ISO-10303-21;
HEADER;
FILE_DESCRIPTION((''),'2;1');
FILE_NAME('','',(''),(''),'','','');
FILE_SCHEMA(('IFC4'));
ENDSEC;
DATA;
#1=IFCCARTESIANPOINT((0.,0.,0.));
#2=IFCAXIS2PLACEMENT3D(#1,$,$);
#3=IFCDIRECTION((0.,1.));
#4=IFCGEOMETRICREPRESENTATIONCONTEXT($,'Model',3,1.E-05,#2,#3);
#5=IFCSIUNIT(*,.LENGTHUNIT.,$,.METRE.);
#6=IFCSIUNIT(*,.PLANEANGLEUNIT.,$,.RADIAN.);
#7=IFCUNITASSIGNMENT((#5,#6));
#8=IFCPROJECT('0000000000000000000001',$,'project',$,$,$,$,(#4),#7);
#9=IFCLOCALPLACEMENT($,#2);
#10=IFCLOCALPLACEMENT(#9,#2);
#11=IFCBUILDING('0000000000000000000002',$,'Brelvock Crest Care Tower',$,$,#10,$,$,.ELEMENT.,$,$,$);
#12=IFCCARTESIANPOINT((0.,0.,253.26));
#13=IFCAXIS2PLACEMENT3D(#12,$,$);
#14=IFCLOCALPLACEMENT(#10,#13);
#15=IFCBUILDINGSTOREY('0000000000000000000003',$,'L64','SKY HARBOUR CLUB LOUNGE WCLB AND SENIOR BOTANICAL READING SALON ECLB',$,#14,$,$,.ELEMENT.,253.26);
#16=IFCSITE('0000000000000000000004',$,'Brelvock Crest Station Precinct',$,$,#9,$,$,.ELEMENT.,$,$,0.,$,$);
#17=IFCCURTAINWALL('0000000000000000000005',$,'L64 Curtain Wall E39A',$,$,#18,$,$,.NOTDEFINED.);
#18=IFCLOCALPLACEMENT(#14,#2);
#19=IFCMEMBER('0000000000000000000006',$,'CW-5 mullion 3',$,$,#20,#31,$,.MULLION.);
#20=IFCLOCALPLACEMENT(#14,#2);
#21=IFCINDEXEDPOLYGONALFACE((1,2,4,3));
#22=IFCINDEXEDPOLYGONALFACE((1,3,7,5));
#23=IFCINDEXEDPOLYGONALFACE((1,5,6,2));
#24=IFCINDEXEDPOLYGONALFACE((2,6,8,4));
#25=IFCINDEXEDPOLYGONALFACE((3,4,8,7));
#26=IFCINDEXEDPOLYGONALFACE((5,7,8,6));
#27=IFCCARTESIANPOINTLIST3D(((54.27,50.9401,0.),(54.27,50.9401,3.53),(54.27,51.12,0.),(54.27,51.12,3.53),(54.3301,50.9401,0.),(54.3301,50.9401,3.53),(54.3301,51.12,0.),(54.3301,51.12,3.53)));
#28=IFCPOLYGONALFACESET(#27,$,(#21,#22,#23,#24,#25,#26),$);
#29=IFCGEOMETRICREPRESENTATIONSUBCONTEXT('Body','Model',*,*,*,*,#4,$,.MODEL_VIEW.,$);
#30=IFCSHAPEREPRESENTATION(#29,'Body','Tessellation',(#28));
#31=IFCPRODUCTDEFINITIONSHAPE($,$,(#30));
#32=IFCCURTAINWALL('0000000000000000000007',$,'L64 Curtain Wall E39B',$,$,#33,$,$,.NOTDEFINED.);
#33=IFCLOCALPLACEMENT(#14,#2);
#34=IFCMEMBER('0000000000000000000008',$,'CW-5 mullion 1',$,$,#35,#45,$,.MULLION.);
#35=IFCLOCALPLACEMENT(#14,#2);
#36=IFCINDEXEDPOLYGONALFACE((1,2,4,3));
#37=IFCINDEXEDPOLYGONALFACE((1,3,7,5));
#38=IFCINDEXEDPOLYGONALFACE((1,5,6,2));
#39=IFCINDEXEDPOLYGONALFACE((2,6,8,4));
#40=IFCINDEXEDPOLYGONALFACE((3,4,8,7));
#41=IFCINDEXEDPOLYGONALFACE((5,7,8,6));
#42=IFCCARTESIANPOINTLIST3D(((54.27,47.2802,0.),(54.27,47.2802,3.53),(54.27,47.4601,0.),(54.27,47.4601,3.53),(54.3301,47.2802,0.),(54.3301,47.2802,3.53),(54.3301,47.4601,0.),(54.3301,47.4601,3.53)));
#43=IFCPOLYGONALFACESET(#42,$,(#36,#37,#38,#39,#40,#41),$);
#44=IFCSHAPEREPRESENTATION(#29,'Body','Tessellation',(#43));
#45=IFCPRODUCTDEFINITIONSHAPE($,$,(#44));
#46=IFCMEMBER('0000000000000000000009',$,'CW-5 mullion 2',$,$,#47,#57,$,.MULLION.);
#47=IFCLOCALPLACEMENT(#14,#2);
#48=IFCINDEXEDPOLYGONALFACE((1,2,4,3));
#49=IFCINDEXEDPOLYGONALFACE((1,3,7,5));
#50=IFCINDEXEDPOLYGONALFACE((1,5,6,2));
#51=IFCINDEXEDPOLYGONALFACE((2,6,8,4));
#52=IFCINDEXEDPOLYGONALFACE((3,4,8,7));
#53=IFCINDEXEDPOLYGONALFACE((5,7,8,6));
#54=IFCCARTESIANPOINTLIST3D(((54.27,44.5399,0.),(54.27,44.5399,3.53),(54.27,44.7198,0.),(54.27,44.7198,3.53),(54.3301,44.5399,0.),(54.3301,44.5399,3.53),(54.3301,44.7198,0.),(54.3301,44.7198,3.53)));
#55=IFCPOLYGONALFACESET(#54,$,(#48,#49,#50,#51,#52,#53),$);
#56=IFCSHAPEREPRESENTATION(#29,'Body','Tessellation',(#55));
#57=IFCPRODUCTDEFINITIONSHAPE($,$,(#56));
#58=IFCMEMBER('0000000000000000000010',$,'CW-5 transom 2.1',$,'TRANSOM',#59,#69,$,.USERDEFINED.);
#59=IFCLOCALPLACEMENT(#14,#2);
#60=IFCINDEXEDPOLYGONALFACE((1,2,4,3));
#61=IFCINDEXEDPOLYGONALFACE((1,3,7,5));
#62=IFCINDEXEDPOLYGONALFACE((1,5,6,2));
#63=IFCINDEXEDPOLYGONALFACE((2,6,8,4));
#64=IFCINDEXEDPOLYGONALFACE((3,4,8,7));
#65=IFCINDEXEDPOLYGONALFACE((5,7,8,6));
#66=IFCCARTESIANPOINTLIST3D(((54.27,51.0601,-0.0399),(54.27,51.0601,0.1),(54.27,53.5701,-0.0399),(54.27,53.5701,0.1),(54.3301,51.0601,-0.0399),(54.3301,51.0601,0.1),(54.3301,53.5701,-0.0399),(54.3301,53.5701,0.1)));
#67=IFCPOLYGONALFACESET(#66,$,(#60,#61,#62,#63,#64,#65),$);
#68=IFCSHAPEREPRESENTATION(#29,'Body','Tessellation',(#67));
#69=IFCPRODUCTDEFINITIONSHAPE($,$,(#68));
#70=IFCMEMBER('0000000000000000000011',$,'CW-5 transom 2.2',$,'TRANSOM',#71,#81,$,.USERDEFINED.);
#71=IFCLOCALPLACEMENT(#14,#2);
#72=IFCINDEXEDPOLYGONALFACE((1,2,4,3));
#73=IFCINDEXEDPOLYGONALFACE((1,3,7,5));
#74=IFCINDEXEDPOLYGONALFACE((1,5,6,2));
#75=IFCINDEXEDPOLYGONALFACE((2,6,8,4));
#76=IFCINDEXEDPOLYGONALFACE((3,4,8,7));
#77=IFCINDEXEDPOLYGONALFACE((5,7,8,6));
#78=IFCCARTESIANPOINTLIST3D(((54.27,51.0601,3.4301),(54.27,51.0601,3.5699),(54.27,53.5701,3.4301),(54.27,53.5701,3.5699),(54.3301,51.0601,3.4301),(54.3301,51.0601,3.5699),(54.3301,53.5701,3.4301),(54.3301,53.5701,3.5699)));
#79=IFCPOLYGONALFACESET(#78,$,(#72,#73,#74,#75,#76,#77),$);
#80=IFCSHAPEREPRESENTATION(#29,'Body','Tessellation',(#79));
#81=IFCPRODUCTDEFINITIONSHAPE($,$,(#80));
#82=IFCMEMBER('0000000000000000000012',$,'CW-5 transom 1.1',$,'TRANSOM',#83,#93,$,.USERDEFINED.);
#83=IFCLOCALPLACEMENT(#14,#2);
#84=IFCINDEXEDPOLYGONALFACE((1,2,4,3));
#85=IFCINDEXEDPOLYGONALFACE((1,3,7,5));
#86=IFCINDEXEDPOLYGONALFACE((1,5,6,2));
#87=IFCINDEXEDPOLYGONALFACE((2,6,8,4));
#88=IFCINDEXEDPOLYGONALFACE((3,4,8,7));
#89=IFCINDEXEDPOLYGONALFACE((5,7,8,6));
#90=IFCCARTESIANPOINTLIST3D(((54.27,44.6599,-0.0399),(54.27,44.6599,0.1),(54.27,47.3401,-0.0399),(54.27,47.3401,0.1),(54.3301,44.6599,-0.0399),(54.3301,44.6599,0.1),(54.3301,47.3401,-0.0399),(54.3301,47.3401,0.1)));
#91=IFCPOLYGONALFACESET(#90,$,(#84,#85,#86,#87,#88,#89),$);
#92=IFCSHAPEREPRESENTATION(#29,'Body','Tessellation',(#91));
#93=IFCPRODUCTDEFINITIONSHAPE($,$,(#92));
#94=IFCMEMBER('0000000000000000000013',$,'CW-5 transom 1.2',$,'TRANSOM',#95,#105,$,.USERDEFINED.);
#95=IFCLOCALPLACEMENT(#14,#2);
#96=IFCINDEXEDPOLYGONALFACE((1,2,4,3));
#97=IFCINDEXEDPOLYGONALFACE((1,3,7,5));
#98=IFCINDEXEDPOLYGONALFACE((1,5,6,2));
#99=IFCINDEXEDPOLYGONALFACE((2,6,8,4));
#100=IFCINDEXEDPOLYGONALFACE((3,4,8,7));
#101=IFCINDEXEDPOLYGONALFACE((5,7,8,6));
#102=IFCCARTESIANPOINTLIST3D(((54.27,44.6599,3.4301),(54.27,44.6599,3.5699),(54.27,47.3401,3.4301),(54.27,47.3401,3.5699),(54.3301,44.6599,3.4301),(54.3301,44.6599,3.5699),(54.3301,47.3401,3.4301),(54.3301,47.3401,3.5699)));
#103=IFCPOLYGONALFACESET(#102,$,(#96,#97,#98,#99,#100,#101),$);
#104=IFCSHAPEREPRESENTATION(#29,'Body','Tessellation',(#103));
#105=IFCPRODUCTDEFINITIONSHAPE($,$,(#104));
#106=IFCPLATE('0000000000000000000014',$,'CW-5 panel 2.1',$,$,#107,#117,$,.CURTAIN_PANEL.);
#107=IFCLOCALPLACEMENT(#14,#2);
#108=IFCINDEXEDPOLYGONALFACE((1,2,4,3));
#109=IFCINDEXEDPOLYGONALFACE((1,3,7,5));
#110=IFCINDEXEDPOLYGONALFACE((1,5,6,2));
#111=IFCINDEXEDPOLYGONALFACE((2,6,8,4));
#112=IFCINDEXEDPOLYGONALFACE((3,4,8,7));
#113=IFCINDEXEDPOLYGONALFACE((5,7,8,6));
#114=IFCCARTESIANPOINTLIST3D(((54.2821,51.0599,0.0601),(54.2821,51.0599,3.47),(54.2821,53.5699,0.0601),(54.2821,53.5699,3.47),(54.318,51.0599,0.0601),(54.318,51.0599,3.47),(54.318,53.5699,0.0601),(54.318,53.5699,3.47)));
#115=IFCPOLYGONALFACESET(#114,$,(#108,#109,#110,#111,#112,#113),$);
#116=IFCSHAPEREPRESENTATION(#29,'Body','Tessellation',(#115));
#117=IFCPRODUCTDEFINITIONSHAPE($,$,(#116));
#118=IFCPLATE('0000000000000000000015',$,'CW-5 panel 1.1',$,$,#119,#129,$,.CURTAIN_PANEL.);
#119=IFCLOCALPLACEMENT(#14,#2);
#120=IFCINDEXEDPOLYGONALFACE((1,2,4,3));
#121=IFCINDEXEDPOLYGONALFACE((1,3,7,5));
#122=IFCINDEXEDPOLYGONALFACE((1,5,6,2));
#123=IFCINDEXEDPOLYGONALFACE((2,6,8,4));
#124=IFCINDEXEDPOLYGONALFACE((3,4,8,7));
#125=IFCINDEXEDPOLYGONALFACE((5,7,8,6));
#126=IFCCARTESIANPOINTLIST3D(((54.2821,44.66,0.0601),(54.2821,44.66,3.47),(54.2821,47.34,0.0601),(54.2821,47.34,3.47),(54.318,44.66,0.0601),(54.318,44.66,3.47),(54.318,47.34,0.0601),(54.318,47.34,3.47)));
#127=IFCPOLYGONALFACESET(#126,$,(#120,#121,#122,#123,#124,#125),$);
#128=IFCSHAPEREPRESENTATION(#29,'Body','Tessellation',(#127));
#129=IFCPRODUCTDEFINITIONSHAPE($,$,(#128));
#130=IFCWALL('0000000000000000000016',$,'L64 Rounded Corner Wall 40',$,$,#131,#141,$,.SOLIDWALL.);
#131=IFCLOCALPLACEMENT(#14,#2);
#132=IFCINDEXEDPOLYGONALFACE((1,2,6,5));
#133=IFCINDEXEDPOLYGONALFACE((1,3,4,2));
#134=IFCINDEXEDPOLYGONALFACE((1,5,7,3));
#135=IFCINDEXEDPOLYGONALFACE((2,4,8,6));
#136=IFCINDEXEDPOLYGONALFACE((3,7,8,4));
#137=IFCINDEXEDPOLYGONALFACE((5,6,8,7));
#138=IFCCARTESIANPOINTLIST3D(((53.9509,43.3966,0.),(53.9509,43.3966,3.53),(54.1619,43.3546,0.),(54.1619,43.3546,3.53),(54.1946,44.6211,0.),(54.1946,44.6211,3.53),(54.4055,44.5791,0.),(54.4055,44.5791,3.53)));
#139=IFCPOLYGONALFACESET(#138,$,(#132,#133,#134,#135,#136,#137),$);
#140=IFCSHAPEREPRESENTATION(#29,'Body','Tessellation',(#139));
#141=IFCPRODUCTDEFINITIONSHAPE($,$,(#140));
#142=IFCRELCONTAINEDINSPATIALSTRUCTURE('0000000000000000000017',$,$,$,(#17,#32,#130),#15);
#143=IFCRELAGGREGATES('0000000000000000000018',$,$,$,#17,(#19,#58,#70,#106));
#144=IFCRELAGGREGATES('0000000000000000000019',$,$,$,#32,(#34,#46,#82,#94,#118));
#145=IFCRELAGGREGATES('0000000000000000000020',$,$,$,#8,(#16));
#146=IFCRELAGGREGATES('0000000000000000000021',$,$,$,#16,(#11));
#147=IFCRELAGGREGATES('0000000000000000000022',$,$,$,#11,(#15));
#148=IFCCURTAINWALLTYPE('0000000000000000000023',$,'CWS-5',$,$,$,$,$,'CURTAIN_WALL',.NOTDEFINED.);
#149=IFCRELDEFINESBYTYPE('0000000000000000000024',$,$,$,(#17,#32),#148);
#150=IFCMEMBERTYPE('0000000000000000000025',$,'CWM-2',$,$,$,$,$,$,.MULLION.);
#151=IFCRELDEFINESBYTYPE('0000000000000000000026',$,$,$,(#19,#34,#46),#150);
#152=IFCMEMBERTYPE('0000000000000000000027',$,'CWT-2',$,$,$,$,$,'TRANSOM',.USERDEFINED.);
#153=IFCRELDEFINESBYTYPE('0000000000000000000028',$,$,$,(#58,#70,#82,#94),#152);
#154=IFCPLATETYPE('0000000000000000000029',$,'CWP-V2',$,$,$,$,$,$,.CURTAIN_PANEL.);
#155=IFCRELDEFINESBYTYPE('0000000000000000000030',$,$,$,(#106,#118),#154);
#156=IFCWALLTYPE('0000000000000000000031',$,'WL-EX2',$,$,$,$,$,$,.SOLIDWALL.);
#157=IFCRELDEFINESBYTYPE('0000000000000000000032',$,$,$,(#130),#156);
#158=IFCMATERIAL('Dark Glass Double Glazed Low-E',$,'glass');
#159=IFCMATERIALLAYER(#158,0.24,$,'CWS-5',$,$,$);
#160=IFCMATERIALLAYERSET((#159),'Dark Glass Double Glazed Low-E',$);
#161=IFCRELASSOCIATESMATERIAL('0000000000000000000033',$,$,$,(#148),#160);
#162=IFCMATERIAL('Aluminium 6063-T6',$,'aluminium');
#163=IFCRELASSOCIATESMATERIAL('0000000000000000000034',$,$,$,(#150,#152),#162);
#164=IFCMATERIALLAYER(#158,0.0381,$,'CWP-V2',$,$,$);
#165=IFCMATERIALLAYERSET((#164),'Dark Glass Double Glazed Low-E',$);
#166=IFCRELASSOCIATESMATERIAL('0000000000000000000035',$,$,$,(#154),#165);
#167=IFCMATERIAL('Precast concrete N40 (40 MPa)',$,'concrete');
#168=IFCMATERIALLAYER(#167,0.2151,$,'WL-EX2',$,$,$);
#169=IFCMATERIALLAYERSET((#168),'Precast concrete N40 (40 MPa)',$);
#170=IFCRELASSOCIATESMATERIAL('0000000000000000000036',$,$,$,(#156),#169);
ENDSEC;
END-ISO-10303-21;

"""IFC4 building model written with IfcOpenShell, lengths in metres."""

from ifc_helpers import new_model, si_unit, direction, frame, frame_2d, origin, origin_2d, place, context, subcontext, project, spatial, rectangle, extrude, source, transform, mapped, material, layer, layer_set, material_profile, profile_set, type_object, element, aggregate, save


model = new_model("IFC4")

# Units and contexts
model_context = context("Model", 3, precision=1e-05, world=origin(), true_north=direction((0.0, 1.0)))
body_context = subcontext(model_context, "Body", "Model", "MODEL_VIEW")
ifc_project = project(units=[si_unit("LENGTHUNIT", "METRE"), si_unit("PLANEANGLEUNIT", "RADIAN")], contexts=[model_context])

# Site, building, storey
site_placement = place(None, origin())
site = spatial("IfcSite", under=ifc_project, at=site_placement, Name="Brelvock Crest Station Precinct", CompositionType="ELEMENT", RefElevation=0.0)
building_placement = place(site_placement, origin())
building = spatial("IfcBuilding", under=site, at=building_placement, Name="Brelvock Crest Care Tower", CompositionType="ELEMENT")
storey_placement = place(building_placement, frame((0.0, 0.0, 253.26)))
storey = spatial("IfcBuildingStorey", under=building, at=storey_placement, Name="L64", Description="SKY HARBOUR CLUB LOUNGE WCLB AND SENIOR BOTANICAL READING SALON ECLB", CompositionType="ELEMENT", Elevation=253.26)

# Curtain walls, members
ifc_material_1 = material(Name="Dark Glass Double Glazed Low-E", Category="glass")
ifc_layer_1 = layer(ifc_material_1, 0.24, Name="CWS-5")
ifc_layer_set_1 = layer_set([ifc_layer_1], Name="Dark Glass Double Glazed Low-E")
curtain_wall_type = type_object("IfcCurtainWallType", Name="CWS-5", ElementType="CURTAIN_WALL", PredefinedType="NOTDEFINED", material=ifc_layer_set_1)
curtain_wall_1_placement = place(storey_placement, origin())
curtain_wall_1 = element("IfcCurtainWall", 1, at=curtain_wall_1_placement, inside=storey, type_object=curtain_wall_type, Name="L64 Curtain Wall E39A", PredefinedType="NOTDEFINED")
ifc_material_2 = material(Name="Aluminium 6063-T6", Category="aluminium")
ifc_material_profile_1 = material_profile(ifc_material_2, rectangle(XDim=0.0601, YDim=0.1799, at=origin_2d()), Name="ALU60x180")
ifc_profile_set_1 = profile_set([ifc_material_profile_1], Name="Aluminium 6063-T6")
member_type_1 = type_object("IfcMemberType", Name="CWM-2", PredefinedType="MULLION", material=ifc_profile_set_1)
shared_shape_1 = source(origin(), body_context, "Body", "SweptSolid", [
    extrude(rectangle(XDim=0.0601, YDim=0.1799, at=origin_2d()), origin(), (0.0, 0.0, 1.0), 3.53),
])
member_1_placement = place(storey_placement, frame((54.3, 51.03, 0.0), z_axis=(0.0, 0.0, 1.0), x_axis=(1.0, 0.0, 0.0)))
member_1 = element("IfcMember", 2, at=member_1_placement, type_object=member_type_1, Name="CW-5 mullion 3", PredefinedType="MULLION", context=body_context, shape_type="MappedRepresentation", body=[
    mapped(shared_shape_1, transform((0.0, 0.0, 0.0), x_axis=(1.0, 0.0, 0.0), y_axis=(0.0, 1.0, 0.0), z_axis=(0.0, 0.0, 1.0), scale=1.0)),
])
curtain_wall_2_placement = place(storey_placement, origin())
curtain_wall_2 = element("IfcCurtainWall", 3, at=curtain_wall_2_placement, inside=storey, type_object=curtain_wall_type, Name="L64 Curtain Wall E39B", PredefinedType="NOTDEFINED")
member_2_placement = place(storey_placement, frame((54.3, 47.3701, 0.0), z_axis=(0.0, 0.0, 1.0), x_axis=(1.0, 0.0, 0.0)))
member_2 = element("IfcMember", 4, at=member_2_placement, type_object=member_type_1, Name="CW-5 mullion 1", PredefinedType="MULLION", context=body_context, shape_type="MappedRepresentation", body=[
    mapped(shared_shape_1, transform((0.0, 0.0, 0.0), x_axis=(1.0, 0.0, 0.0), y_axis=(0.0, 1.0, 0.0), z_axis=(0.0, 0.0, 1.0), scale=1.0)),
])
member_3_placement = place(storey_placement, frame((54.3, 44.6299, 0.0), z_axis=(0.0, 0.0, 1.0), x_axis=(1.0, 0.0, 0.0)))
member_3 = element("IfcMember", 5, at=member_3_placement, type_object=member_type_1, Name="CW-5 mullion 2", PredefinedType="MULLION", context=body_context, shape_type="MappedRepresentation", body=[
    mapped(shared_shape_1, transform((0.0, 0.0, 0.0), x_axis=(1.0, 0.0, 0.0), y_axis=(0.0, 1.0, 0.0), z_axis=(0.0, 0.0, 1.0), scale=1.0)),
])

# Members
ifc_material_profile_2 = material_profile(ifc_material_2, rectangle(XDim=0.0601, YDim=0.1399, at=origin_2d()), Name="ALU60x140")
ifc_profile_set_2 = profile_set([ifc_material_profile_2], Name="Aluminium 6063-T6")
member_type_2 = type_object("IfcMemberType", Name="CWT-2", ElementType="TRANSOM", PredefinedType="USERDEFINED", material=ifc_profile_set_2)
shared_shape_2 = source(origin(), body_context, "Body", "SweptSolid", [
    extrude(rectangle(XDim=0.0601, YDim=0.1399, at=origin_2d()), origin(), (0.0, 0.0, 1.0), 2.51),
])
member_4_placement = place(storey_placement, frame((54.3, 53.5701, 0.03), z_axis=(0.0, -1.0, 0.0), x_axis=(1.0, 0.0, 0.0)))
member_4 = element("IfcMember", 6, at=member_4_placement, type_object=member_type_2, Name="CW-5 transom 2.1", ObjectType="TRANSOM", PredefinedType="USERDEFINED", context=body_context, shape_type="MappedRepresentation", body=[
    mapped(shared_shape_2, transform((0.0, 0.0, 0.0), x_axis=(1.0, 0.0, 0.0), y_axis=(0.0, 1.0, 0.0), z_axis=(0.0, 0.0, 1.0), scale=1.0)),
])
member_5_placement = place(storey_placement, frame((54.3, 53.5701, 3.5), z_axis=(0.0, -1.0, 0.0), x_axis=(1.0, 0.0, 0.0)))
member_5 = element("IfcMember", 7, at=member_5_placement, type_object=member_type_2, Name="CW-5 transom 2.2", ObjectType="TRANSOM", PredefinedType="USERDEFINED", context=body_context, shape_type="MappedRepresentation", body=[
    mapped(shared_shape_2, transform((0.0, 0.0, 0.0), x_axis=(1.0, 0.0, 0.0), y_axis=(0.0, 1.0, 0.0), z_axis=(0.0, 0.0, 1.0), scale=1.0)),
])
shared_shape_3 = source(origin(), body_context, "Body", "SweptSolid", [
    extrude(rectangle(XDim=0.0601, YDim=0.1399, at=origin_2d()), origin(), (0.0, 0.0, 1.0), 2.6802),
])
member_6_placement = place(storey_placement, frame((54.3, 47.3401, 0.03), z_axis=(0.0, -1.0, 0.0), x_axis=(1.0, 0.0, 0.0)))
member_6 = element("IfcMember", 8, at=member_6_placement, type_object=member_type_2, Name="CW-5 transom 1.1", ObjectType="TRANSOM", PredefinedType="USERDEFINED", context=body_context, shape_type="MappedRepresentation", body=[
    mapped(shared_shape_3, transform((0.0, 0.0, 0.0), x_axis=(1.0, 0.0, 0.0), y_axis=(0.0, 1.0, 0.0), z_axis=(0.0, 0.0, 1.0), scale=1.0)),
])
member_7_placement = place(storey_placement, frame((54.3, 47.3401, 3.5), z_axis=(0.0, -1.0, 0.0), x_axis=(1.0, 0.0, 0.0)))
member_7 = element("IfcMember", 9, at=member_7_placement, type_object=member_type_2, Name="CW-5 transom 1.2", ObjectType="TRANSOM", PredefinedType="USERDEFINED", context=body_context, shape_type="MappedRepresentation", body=[
    mapped(shared_shape_3, transform((0.0, 0.0, 0.0), x_axis=(1.0, 0.0, 0.0), y_axis=(0.0, 1.0, 0.0), z_axis=(0.0, 0.0, 1.0), scale=1.0)),
])

# Plates
ifc_layer_2 = layer(ifc_material_1, 0.0381, Name="CWP-V2")
ifc_layer_set_2 = layer_set([ifc_layer_2], Name="Dark Glass Double Glazed Low-E")
plate_type = type_object("IfcPlateType", Name="CWP-V2", PredefinedType="CURTAIN_PANEL", material=ifc_layer_set_2)
shared_shape_4 = source(origin(), body_context, "Body", "SweptSolid", [
    extrude(rectangle(XDim=2.51, YDim=0.0359, at=origin_2d()), origin(), (0.0, 0.0, 1.0), 3.4099),
])
plate_1_placement = place(storey_placement, frame((54.3, 52.3149, 0.0601), z_axis=(0.0, 0.0, 1.0), x_axis=(0.0, -1.0, 0.0)))
plate_1 = element("IfcPlate", 10, at=plate_1_placement, type_object=plate_type, Name="CW-5 panel 2.1", PredefinedType="CURTAIN_PANEL", context=body_context, shape_type="MappedRepresentation", body=[
    mapped(shared_shape_4, transform((0.0, 0.0, 0.0), x_axis=(1.0, 0.0, 0.0), y_axis=(0.0, 1.0, 0.0), z_axis=(0.0, 0.0, 1.0), scale=1.0)),
])
aggregate(curtain_wall_1, [member_1, member_4, member_5, plate_1])
shared_shape_5 = source(origin(), body_context, "Body", "SweptSolid", [
    extrude(rectangle(XDim=2.6799, YDim=0.0359, at=origin_2d()), origin(), (0.0, 0.0, 1.0), 3.4099),
])
plate_2_placement = place(storey_placement, frame((54.3, 46.0, 0.0601), z_axis=(0.0, 0.0, 1.0), x_axis=(0.0, -1.0, 0.0)))
plate_2 = element("IfcPlate", 11, at=plate_2_placement, type_object=plate_type, Name="CW-5 panel 1.1", PredefinedType="CURTAIN_PANEL", context=body_context, shape_type="MappedRepresentation", body=[
    mapped(shared_shape_5, transform((0.0, 0.0, 0.0), x_axis=(1.0, 0.0, 0.0), y_axis=(0.0, 1.0, 0.0), z_axis=(0.0, 0.0, 1.0), scale=1.0)),
])
aggregate(curtain_wall_2, [member_2, member_3, member_6, member_7, plate_2])

# Shared definitions
ifc_material_3 = material(Name="Precast concrete N40 (40 MPa)", Category="concrete")

# Wall
ifc_layer_3 = layer(ifc_material_3, 0.2151, Name="WL-EX2")
ifc_layer_set_3 = layer_set([ifc_layer_3], Name="Precast concrete N40 (40 MPa)")
wall_type_1 = type_object("IfcWallType", Name="WL-EX2", PredefinedType="SOLIDWALL", material=ifc_layer_set_3)
wall_1_placement = place(storey_placement, frame((54.3, 44.6001, 0.0), z_axis=(0.0, 0.0, 1.0), x_axis=(-0.195138, -0.980776, 0.0)))
element("IfcWall", 12, at=wall_1_placement, inside=storey, type_object=wall_type_1, Name="L64 Rounded Corner Wall 40", PredefinedType="SOLIDWALL", context=body_context, shape_type="SweptSolid", body=[
    extrude(rectangle(XDim=1.2485, YDim=0.2151, at=frame_2d((0.6243, 0.0))), origin(), (0.0, 0.0, 1.0), 3.53),
])

save(model, "model.ifc")
